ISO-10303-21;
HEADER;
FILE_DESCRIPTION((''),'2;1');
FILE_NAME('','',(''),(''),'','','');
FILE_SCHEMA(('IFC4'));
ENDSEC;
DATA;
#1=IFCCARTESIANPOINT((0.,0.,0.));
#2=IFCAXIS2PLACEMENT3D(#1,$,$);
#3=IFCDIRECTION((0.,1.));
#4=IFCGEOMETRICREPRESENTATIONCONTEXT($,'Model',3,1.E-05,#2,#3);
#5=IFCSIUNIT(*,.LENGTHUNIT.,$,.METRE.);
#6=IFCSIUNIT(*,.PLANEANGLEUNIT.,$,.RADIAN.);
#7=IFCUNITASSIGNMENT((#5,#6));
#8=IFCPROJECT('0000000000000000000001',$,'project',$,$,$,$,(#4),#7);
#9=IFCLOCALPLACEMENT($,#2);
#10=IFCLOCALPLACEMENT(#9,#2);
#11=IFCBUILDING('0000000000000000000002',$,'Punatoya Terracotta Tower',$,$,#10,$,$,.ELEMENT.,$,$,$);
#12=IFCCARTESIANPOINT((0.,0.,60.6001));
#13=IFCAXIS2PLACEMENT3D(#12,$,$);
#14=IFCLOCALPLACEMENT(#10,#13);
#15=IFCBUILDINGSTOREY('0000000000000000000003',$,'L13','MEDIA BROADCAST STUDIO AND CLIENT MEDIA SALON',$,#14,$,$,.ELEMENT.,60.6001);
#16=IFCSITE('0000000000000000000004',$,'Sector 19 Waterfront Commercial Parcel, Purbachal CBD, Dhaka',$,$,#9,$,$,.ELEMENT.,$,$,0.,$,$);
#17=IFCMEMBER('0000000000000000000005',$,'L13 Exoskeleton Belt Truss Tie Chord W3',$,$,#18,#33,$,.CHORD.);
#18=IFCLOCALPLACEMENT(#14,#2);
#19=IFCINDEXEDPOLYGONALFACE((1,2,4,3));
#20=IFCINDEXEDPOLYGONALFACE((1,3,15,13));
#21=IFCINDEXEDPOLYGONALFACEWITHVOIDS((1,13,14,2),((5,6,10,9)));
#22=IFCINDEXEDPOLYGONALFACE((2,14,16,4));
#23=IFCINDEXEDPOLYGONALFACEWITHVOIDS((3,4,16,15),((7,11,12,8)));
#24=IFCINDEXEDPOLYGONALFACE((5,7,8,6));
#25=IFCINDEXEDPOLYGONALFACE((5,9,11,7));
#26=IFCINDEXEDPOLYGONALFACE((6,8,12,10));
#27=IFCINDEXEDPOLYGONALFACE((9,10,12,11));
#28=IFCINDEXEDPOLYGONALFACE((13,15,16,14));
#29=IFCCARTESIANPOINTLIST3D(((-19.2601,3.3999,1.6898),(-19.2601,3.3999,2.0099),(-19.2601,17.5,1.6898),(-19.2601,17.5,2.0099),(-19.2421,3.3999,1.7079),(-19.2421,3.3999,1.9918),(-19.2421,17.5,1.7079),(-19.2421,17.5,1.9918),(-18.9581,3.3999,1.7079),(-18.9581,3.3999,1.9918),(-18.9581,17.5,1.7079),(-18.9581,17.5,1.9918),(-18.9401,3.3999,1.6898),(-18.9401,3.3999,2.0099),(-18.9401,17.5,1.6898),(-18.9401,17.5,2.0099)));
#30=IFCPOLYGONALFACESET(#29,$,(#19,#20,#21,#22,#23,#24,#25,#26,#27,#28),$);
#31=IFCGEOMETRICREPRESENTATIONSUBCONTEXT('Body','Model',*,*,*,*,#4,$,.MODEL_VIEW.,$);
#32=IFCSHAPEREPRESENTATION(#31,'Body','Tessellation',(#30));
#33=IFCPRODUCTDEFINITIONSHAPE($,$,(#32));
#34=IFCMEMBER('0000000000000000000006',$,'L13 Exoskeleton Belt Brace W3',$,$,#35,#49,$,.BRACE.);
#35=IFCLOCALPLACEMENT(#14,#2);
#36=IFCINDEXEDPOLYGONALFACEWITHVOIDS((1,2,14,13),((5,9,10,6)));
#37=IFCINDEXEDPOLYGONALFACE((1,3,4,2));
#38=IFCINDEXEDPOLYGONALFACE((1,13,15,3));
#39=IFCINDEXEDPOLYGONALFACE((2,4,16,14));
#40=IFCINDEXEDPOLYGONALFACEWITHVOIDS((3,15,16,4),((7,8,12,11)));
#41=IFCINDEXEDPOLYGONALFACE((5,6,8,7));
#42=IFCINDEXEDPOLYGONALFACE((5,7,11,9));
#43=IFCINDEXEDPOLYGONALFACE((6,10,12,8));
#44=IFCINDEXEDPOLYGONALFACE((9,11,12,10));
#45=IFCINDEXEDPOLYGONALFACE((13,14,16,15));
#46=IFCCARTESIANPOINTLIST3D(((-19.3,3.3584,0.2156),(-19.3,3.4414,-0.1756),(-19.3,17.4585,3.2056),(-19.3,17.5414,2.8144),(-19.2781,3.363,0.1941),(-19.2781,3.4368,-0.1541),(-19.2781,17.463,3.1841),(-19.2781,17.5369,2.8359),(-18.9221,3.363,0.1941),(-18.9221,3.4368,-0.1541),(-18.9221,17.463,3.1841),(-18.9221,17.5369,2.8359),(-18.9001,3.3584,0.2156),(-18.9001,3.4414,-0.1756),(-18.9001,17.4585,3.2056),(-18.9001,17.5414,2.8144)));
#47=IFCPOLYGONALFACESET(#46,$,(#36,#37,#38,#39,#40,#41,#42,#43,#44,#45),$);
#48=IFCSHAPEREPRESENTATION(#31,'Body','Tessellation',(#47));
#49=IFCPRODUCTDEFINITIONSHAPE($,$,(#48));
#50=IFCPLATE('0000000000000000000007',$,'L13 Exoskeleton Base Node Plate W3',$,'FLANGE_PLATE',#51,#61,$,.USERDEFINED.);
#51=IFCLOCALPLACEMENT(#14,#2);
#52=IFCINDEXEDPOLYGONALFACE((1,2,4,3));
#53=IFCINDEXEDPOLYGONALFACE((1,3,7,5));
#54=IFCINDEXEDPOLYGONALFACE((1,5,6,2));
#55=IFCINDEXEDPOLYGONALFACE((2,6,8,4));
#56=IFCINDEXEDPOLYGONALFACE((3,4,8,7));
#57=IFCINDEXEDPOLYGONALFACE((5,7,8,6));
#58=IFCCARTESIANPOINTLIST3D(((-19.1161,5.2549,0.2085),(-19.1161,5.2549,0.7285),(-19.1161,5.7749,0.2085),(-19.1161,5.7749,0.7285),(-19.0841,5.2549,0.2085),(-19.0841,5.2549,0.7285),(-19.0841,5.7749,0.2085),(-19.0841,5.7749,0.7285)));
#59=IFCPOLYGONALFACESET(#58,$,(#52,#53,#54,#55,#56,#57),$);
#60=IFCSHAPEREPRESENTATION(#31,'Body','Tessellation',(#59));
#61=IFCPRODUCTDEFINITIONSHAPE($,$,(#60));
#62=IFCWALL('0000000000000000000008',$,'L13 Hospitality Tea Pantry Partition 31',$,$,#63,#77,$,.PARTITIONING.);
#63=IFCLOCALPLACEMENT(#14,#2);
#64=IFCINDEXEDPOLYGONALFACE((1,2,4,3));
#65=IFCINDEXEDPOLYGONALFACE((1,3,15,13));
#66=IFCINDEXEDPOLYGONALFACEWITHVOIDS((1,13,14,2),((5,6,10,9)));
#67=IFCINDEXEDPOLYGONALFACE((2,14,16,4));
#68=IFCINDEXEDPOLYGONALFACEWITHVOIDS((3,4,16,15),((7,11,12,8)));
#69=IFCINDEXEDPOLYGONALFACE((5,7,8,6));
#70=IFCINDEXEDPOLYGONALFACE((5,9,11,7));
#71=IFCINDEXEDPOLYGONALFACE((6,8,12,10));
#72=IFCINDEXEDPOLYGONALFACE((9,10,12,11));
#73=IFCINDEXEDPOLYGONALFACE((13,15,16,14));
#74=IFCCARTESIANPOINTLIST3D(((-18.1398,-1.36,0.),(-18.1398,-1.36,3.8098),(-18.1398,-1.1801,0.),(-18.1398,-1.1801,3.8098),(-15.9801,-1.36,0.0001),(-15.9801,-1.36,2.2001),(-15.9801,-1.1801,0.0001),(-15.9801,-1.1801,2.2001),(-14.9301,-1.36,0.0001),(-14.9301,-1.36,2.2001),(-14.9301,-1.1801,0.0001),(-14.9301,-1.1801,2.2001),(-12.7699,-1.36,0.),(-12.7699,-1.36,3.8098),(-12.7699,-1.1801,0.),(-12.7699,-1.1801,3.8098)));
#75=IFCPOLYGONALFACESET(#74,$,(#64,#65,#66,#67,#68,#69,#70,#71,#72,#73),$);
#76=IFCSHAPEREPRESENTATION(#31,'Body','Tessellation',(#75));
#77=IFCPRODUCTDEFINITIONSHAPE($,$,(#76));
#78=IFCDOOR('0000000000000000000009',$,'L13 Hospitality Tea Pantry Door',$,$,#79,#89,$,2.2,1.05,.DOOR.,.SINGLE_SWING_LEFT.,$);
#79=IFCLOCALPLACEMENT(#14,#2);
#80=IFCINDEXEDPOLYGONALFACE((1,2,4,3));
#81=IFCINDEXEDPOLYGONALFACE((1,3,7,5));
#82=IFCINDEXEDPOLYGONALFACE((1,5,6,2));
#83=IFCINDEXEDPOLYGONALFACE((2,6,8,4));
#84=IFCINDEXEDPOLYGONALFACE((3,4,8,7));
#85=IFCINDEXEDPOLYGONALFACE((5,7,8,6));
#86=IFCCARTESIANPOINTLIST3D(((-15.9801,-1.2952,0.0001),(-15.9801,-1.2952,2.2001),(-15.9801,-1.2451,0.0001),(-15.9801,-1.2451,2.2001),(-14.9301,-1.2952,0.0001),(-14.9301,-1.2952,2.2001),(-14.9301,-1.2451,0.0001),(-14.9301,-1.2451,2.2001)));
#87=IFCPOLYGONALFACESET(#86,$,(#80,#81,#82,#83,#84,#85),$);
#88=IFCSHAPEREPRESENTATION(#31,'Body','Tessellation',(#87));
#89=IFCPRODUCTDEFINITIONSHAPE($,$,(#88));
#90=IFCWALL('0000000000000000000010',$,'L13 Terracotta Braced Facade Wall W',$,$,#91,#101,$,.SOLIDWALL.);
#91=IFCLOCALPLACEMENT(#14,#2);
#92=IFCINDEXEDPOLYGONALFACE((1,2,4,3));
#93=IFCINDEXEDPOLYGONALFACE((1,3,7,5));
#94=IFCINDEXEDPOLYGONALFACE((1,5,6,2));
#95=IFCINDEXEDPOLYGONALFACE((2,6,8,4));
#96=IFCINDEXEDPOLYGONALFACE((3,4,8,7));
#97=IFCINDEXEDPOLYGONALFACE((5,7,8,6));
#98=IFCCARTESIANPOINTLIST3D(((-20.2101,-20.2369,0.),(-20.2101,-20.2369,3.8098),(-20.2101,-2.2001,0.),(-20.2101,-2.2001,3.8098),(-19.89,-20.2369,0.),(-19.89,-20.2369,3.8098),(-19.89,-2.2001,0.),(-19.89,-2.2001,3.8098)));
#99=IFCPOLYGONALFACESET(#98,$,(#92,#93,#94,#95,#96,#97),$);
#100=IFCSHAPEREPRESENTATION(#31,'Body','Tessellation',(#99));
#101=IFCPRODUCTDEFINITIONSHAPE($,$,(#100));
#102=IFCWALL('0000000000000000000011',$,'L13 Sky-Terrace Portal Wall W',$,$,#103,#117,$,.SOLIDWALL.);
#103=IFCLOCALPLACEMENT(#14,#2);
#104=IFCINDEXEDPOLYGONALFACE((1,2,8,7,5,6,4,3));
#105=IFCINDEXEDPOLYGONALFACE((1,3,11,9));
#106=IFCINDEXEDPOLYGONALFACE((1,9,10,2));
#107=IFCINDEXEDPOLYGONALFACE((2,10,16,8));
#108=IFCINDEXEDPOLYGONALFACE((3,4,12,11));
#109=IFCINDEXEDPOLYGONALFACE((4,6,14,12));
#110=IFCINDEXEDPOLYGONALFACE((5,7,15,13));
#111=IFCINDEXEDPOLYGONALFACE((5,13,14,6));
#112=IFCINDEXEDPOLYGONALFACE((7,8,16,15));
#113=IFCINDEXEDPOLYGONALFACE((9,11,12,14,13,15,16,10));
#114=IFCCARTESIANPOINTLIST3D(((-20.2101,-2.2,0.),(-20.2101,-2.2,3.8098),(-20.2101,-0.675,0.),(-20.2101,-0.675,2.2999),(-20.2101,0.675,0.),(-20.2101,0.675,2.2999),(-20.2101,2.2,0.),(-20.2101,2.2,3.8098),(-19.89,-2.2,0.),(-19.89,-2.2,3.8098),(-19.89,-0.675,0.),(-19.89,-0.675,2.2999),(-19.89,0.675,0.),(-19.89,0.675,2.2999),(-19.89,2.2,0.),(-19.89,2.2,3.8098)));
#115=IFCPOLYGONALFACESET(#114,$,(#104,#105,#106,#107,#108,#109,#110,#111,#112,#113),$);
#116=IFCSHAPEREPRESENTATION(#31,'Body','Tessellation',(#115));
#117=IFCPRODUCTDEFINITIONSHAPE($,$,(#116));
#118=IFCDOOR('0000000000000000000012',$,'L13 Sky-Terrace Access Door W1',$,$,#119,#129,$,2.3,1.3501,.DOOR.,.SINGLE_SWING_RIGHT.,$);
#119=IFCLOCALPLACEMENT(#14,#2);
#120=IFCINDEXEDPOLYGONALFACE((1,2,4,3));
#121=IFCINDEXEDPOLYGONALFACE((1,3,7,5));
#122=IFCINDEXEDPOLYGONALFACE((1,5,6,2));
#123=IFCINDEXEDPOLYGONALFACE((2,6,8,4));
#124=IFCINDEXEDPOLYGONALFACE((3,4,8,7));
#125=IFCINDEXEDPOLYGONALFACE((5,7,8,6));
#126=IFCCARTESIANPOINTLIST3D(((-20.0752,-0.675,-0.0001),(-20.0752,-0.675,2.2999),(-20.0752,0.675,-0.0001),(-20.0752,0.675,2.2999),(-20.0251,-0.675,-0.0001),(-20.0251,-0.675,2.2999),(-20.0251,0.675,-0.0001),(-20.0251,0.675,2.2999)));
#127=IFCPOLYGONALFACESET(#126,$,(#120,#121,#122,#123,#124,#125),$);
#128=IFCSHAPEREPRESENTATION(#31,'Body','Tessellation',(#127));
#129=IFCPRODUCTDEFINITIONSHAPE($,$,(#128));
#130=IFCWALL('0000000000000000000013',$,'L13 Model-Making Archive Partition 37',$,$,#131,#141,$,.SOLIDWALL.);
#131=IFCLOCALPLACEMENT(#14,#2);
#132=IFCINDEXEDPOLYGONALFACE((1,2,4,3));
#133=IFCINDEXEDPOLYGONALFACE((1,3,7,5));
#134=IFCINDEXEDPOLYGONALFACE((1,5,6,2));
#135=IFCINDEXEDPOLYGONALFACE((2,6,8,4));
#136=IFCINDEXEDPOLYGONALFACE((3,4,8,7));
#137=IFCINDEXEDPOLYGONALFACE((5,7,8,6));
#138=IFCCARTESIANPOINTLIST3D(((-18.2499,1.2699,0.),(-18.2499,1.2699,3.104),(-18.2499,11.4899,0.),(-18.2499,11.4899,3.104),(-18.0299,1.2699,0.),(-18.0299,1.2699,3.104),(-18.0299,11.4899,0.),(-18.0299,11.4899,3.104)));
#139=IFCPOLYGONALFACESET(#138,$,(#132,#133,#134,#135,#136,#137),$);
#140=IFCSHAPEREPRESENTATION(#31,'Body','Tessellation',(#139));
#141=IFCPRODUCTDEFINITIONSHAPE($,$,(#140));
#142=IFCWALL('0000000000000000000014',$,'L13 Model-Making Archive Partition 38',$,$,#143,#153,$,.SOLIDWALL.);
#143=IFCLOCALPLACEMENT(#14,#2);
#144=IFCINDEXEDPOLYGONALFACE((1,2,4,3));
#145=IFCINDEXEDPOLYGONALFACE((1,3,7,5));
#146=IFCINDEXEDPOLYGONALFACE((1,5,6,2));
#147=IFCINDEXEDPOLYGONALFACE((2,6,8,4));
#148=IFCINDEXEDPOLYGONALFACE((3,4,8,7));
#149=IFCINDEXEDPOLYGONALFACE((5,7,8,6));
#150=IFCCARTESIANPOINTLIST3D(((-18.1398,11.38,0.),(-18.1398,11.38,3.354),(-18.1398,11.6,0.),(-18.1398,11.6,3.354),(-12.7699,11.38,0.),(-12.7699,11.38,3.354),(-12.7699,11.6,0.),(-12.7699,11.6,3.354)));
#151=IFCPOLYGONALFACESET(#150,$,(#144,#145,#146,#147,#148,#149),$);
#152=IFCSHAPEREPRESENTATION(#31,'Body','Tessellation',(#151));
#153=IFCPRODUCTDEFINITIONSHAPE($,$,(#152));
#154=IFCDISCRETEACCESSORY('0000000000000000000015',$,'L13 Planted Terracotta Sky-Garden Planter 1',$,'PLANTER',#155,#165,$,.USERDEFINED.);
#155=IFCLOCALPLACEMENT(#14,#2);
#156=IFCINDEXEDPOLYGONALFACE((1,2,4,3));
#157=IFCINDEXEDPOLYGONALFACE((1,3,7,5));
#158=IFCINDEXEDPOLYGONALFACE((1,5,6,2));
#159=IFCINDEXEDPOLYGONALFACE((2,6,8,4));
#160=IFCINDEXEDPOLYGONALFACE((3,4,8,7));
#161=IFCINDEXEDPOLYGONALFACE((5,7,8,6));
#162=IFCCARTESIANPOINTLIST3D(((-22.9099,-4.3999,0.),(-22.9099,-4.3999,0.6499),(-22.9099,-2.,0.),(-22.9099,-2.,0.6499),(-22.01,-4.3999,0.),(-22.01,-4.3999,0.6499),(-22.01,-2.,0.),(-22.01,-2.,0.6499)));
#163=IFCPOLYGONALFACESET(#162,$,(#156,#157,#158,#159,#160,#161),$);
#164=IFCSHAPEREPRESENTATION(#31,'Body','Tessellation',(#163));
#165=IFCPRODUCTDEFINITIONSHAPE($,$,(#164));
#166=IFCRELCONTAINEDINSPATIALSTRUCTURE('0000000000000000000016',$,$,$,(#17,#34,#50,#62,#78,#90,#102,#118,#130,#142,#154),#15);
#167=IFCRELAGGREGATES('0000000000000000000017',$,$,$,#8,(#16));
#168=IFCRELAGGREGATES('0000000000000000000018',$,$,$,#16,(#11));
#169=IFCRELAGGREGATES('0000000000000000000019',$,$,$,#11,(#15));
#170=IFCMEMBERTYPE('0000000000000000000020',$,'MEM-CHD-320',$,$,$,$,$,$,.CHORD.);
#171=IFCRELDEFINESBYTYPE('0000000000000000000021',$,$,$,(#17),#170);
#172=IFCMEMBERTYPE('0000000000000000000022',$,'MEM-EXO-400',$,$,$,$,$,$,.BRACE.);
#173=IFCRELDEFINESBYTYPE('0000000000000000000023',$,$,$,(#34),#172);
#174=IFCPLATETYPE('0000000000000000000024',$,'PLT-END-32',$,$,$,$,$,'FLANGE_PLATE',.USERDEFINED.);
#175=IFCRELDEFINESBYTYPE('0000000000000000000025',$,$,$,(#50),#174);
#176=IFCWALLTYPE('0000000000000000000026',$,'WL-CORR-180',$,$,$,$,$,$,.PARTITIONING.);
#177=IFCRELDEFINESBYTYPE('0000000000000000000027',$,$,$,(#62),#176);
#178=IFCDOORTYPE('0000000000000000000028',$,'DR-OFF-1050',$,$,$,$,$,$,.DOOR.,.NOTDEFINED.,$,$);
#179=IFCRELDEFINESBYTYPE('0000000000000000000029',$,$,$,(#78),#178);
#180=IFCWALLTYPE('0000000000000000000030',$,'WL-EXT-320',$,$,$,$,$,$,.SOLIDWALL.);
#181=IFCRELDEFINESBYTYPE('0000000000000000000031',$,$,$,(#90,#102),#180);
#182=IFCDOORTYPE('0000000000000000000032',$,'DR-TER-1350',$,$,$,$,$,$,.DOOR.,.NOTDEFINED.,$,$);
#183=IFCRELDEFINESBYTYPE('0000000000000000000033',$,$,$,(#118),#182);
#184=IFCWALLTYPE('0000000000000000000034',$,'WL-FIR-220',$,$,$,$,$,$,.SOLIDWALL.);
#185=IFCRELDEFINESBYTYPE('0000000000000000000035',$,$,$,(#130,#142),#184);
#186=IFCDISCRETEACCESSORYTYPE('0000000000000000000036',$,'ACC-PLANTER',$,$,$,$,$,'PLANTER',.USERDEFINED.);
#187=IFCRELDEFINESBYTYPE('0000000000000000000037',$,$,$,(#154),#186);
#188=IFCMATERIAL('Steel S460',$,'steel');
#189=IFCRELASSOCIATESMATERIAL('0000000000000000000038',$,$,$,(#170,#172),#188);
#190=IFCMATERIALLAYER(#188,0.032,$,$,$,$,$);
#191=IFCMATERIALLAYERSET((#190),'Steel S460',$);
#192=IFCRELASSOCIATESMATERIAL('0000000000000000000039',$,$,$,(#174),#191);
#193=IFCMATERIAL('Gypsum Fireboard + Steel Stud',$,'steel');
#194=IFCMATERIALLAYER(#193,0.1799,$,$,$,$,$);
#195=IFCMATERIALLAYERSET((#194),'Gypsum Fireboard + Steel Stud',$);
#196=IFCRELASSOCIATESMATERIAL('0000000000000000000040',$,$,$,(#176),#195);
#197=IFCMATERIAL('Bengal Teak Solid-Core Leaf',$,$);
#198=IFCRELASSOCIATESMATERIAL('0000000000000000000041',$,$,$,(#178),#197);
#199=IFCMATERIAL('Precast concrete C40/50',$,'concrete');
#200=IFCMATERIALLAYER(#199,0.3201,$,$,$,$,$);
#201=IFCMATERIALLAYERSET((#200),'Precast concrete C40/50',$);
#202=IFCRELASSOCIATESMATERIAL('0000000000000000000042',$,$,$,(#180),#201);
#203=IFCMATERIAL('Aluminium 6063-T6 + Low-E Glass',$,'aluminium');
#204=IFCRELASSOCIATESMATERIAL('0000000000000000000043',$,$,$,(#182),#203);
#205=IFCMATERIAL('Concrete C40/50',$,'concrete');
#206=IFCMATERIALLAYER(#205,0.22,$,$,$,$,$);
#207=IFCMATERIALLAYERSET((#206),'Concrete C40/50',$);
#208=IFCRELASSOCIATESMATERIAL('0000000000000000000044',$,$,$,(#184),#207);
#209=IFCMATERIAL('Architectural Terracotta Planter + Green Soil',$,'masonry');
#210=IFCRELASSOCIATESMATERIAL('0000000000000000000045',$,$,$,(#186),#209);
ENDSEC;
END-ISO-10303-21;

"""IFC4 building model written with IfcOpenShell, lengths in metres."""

from ifc_helpers import new_model, si_unit, direction, frame, frame_2d, origin, origin_2d, place, context, subcontext, project, spatial, rectangle, hollow_rectangle, extrude, material, layer, layer_set, material_profile, profile_set, type_object, element, fill, save


model = new_model("IFC4")

# Units and contexts
model_context = context("Model", 3, precision=1e-05, world=origin(), true_north=direction((0.0, 1.0)))
body_context = subcontext(model_context, "Body", "Model", "MODEL_VIEW")
ifc_project = project(units=[si_unit("LENGTHUNIT", "METRE"), si_unit("PLANEANGLEUNIT", "RADIAN")], contexts=[model_context])

# Site, building, storey
site_placement = place(None, origin())
site = spatial("IfcSite", under=ifc_project, at=site_placement, Name="Sector 19 Waterfront Commercial Parcel, Purbachal CBD, Dhaka", CompositionType="ELEMENT", RefElevation=0.0)
building_placement = place(site_placement, origin())
building = spatial("IfcBuilding", under=site, at=building_placement, Name="Punatoya Terracotta Tower", CompositionType="ELEMENT")
storey_placement = place(building_placement, frame((0.0, 0.0, 60.6001)))
storey = spatial("IfcBuildingStorey", under=building, at=storey_placement, Name="L13", Description="MEDIA BROADCAST STUDIO AND CLIENT MEDIA SALON", CompositionType="ELEMENT", Elevation=60.6001)

# Shared definitions
ifc_material_1 = material(Name="Steel S460", Category="steel")

# Members
ifc_material_profile_1 = material_profile(ifc_material_1, hollow_rectangle(XDim=0.3201, YDim=0.3201, WallThickness=0.0181, at=origin_2d()))
ifc_profile_set_1 = profile_set([ifc_material_profile_1], Name="Steel S460")
member_type_1 = type_object("IfcMemberType", Name="MEM-CHD-320", PredefinedType="CHORD", material=ifc_profile_set_1)
member_1_placement = place(storey_placement, frame((-19.1001, 3.3999, 1.8499), z_axis=(0.0, 1.0, 0.0), x_axis=(-1.0, 0.0, 0.0)))
element("IfcMember", 1, at=member_1_placement, inside=storey, type_object=member_type_1, Name="L13 Exoskeleton Belt Truss Tie Chord W3", PredefinedType="CHORD", context=body_context, shape_type="SweptSolid", body=[
    extrude(hollow_rectangle(XDim=0.3201, YDim=0.3201, WallThickness=0.0181, at=origin_2d()), origin(), (0.0, 0.0, 1.0), 14.1001),
])
ifc_material_profile_2 = material_profile(ifc_material_1, hollow_rectangle(XDim=0.3999, YDim=0.3999, WallThickness=0.022, at=origin_2d()))
ifc_profile_set_2 = profile_set([ifc_material_profile_2], Name="Steel S460")
member_type_2 = type_object("IfcMemberType", Name="MEM-EXO-400", PredefinedType="BRACE", material=ifc_profile_set_2)
member_2_placement = place(storey_placement, frame((-19.1001, 3.3999, 0.02), z_axis=(0.0, 0.978247, 0.207442), x_axis=(-1.0, 0.0, 0.0)))
element("IfcMember", 2, at=member_2_placement, inside=storey, type_object=member_type_2, Name="L13 Exoskeleton Belt Brace W3", PredefinedType="BRACE", context=body_context, shape_type="SweptSolid", body=[
    extrude(hollow_rectangle(XDim=0.3999, YDim=0.3999, WallThickness=0.022, at=origin_2d()), origin(), (0.0, 0.0, 1.0), 14.4136),
])

# Plate
ifc_layer_1 = layer(ifc_material_1, 0.032)
ifc_layer_set_1 = layer_set([ifc_layer_1], Name="Steel S460")
plate_type = type_object("IfcPlateType", Name="PLT-END-32", ElementType="FLANGE_PLATE", PredefinedType="USERDEFINED", material=ifc_layer_set_1)
plate_placement = place(storey_placement, frame((-19.1001, 5.5149, 0.2085), z_axis=(0.0, 0.0, 1.0), x_axis=(0.0, 1.0, 0.0)))
element("IfcPlate", 3, at=plate_placement, inside=storey, type_object=plate_type, Name="L13 Exoskeleton Base Node Plate W3", ObjectType="FLANGE_PLATE", PredefinedType="USERDEFINED", context=body_context, shape_type="SweptSolid", body=[
    extrude(rectangle(XDim=0.52, YDim=0.032, at=origin_2d()), origin(), (0.0, 0.0, 1.0), 0.52),
])

# Wall, opening, door
ifc_material_2 = material(Name="Gypsum Fireboard + Steel Stud", Category="steel")
ifc_layer_2 = layer(ifc_material_2, 0.1799)
ifc_layer_set_2 = layer_set([ifc_layer_2], Name="Gypsum Fireboard + Steel Stud")
wall_type_1 = type_object("IfcWallType", Name="WL-CORR-180", PredefinedType="PARTITIONING", material=ifc_layer_set_2)
wall_1_placement = place(storey_placement, frame((-18.1399, -1.27, 0.0), z_axis=(0.0, 0.0, 1.0), x_axis=(1.0, 0.0, 0.0)))
wall_1 = element("IfcWall", 4, at=wall_1_placement, inside=storey, type_object=wall_type_1, Name="L13 Hospitality Tea Pantry Partition 31", PredefinedType="PARTITIONING", context=body_context, shape_type="SweptSolid", body=[
    extrude(rectangle(XDim=5.3699, YDim=0.1799, at=frame_2d((2.6851, 0.0))), origin(), (0.0, 0.0, 1.0), 3.8098),
])
opening_1_placement = place(wall_1_placement, frame((2.1599, 0.0, 0.0)))
opening_1 = element("IfcOpeningElement", 5, at=opening_1_placement, cuts=wall_1, PredefinedType="OPENING", context=body_context, shape_type="SweptSolid", body=[
    extrude(rectangle(XDim=1.05, YDim=2.2, at=frame_2d((0.5249, 1.1001))), frame((0.0, 0.0999, 0.0), z_axis=(0.0, -1.0, 0.0), x_axis=(1.0, 0.0, 0.0)), (0.0, 0.0, 1.0), 0.2),
])
ifc_material_3 = material(Name="Bengal Teak Solid-Core Leaf")
door_type_1 = type_object("IfcDoorType", Name="DR-OFF-1050", OperationType="NOTDEFINED", PredefinedType="DOOR", material=ifc_material_3)
door_1_placement = place(opening_1_placement, origin())
door_1 = element("IfcDoor", 6, at=door_1_placement, inside=storey, type_object=door_type_1, Name="L13 Hospitality Tea Pantry Door", OperationType="SINGLE_SWING_LEFT", OverallHeight=2.2, OverallWidth=1.05, PredefinedType="DOOR", context=body_context, shape_type="SweptSolid", body=[
    extrude(rectangle(XDim=1.05, YDim=2.2, at=frame_2d((0.5249, 1.1001))), frame((0.0, 0.0249, 0.0), z_axis=(0.0, -1.0, 0.0), x_axis=(1.0, 0.0, 0.0)), (0.0, 0.0, 1.0), 0.05),
])
fill(opening_1, door_1)

# Wall
ifc_material_4 = material(Name="Precast concrete C40/50", Category="concrete")
ifc_layer_3 = layer(ifc_material_4, 0.3201)
ifc_layer_set_3 = layer_set([ifc_layer_3], Name="Precast concrete C40/50")
wall_type_2 = type_object("IfcWallType", Name="WL-EXT-320", PredefinedType="SOLIDWALL", material=ifc_layer_set_3)
wall_2_placement = place(storey_placement, frame((-20.05, -2.2, 0.0), z_axis=(0.0, 0.0, 1.0), x_axis=(0.0, -1.0, 0.0)))
element("IfcWall", 7, at=wall_2_placement, inside=storey, type_object=wall_type_2, Name="L13 Terracotta Braced Facade Wall W", PredefinedType="SOLIDWALL", context=body_context, shape_type="SweptSolid", body=[
    extrude(rectangle(XDim=18.0369, YDim=0.3201, at=frame_2d((9.0186, 0.0))), origin(), (0.0, 0.0, 1.0), 3.8098),
])

# Wall, opening, door
wall_3_placement = place(storey_placement, frame((-20.05, 2.2, 0.0), z_axis=(0.0, 0.0, 1.0), x_axis=(0.0, -1.0, 0.0)))
wall_3 = element("IfcWall", 8, at=wall_3_placement, inside=storey, type_object=wall_type_2, Name="L13 Sky-Terrace Portal Wall W", PredefinedType="SOLIDWALL", context=body_context, shape_type="SweptSolid", body=[
    extrude(rectangle(XDim=4.3999, YDim=0.3201, at=frame_2d((2.2, 0.0))), origin(), (0.0, 0.0, 1.0), 3.8098),
])
opening_2_placement = place(wall_3_placement, frame((1.5249, 0.0, 0.0)))
opening_2 = element("IfcOpeningElement", 9, at=opening_2_placement, cuts=wall_3, PredefinedType="OPENING", context=body_context, shape_type="SweptSolid", body=[
    extrude(rectangle(XDim=1.3501, YDim=2.3, at=frame_2d((0.675, 1.1499))), frame((0.0, 0.1699, 0.0), z_axis=(0.0, -1.0, 0.0), x_axis=(1.0, 0.0, 0.0)), (0.0, 0.0, 1.0), 0.3401),
])
ifc_material_5 = material(Name="Aluminium 6063-T6 + Low-E Glass", Category="aluminium")
door_type_2 = type_object("IfcDoorType", Name="DR-TER-1350", OperationType="NOTDEFINED", PredefinedType="DOOR", material=ifc_material_5)
door_2_placement = place(opening_2_placement, origin())
door_2 = element("IfcDoor", 10, at=door_2_placement, inside=storey, type_object=door_type_2, Name="L13 Sky-Terrace Access Door W1", OperationType="SINGLE_SWING_RIGHT", OverallHeight=2.3, OverallWidth=1.3501, PredefinedType="DOOR", context=body_context, shape_type="SweptSolid", body=[
    extrude(rectangle(XDim=1.3501, YDim=2.3, at=frame_2d((0.675, 1.1499))), frame((0.0, 0.0249, 0.0), z_axis=(0.0, -1.0, 0.0), x_axis=(1.0, 0.0, 0.0)), (0.0, 0.0, 1.0), 0.05),
])
fill(opening_2, door_2)

# Walls
ifc_material_6 = material(Name="Concrete C40/50", Category="concrete")
ifc_layer_4 = layer(ifc_material_6, 0.22)
ifc_layer_set_4 = layer_set([ifc_layer_4], Name="Concrete C40/50")
wall_type_3 = type_object("IfcWallType", Name="WL-FIR-220", PredefinedType="SOLIDWALL", material=ifc_layer_set_4)
wall_4_placement = place(storey_placement, frame((-18.1399, 1.27, 0.0), z_axis=(0.0, 0.0, 1.0), x_axis=(0.0, 1.0, 0.0)))
element("IfcWall", 11, at=wall_4_placement, inside=storey, type_object=wall_type_3, Name="L13 Model-Making Archive Partition 37", PredefinedType="SOLIDWALL", context=body_context, shape_type="SweptSolid", body=[
    extrude(rectangle(XDim=10.22, YDim=0.22, at=frame_2d((5.1099, 0.0))), origin(), (0.0, 0.0, 1.0), 3.104),
])
wall_5_placement = place(storey_placement, frame((-18.1399, 11.49, 0.0), z_axis=(0.0, 0.0, 1.0), x_axis=(1.0, 0.0, 0.0)))
element("IfcWall", 12, at=wall_5_placement, inside=storey, type_object=wall_type_3, Name="L13 Model-Making Archive Partition 38", PredefinedType="SOLIDWALL", context=body_context, shape_type="SweptSolid", body=[
    extrude(rectangle(XDim=5.3699, YDim=0.22, at=frame_2d((2.6851, 0.0))), origin(), (0.0, 0.0, 1.0), 3.354),
])

# Discrete accessory
ifc_material_7 = material(Name="Architectural Terracotta Planter + Green Soil", Category="masonry")
discrete_accessory_type = type_object("IfcDiscreteAccessoryType", Name="ACC-PLANTER", ElementType="PLANTER", PredefinedType="USERDEFINED", material=ifc_material_7)
for number, where, z_axis, x_axis, name in (
    (13, (-22.46, -3.2, 0.0), (0.0, 0.0, 1.0), (0.0, 1.0, 0.0), "L13 Planted Terracotta Sky-Garden Planter 1"),
):
    element("IfcDiscreteAccessory", number, at=place(storey_placement, frame(where, z_axis=z_axis, x_axis=x_axis)), inside=storey, type_object=discrete_accessory_type, Name=name, ObjectType="PLANTER", PredefinedType="USERDEFINED", context=body_context, shape_type="SweptSolid", body=[
        extrude(rectangle(XDim=2.3999, YDim=0.8999, at=origin_2d()), origin(), (0.0, 0.0, 1.0), 0.6499),
    ])

save(model, "model.ifc")
